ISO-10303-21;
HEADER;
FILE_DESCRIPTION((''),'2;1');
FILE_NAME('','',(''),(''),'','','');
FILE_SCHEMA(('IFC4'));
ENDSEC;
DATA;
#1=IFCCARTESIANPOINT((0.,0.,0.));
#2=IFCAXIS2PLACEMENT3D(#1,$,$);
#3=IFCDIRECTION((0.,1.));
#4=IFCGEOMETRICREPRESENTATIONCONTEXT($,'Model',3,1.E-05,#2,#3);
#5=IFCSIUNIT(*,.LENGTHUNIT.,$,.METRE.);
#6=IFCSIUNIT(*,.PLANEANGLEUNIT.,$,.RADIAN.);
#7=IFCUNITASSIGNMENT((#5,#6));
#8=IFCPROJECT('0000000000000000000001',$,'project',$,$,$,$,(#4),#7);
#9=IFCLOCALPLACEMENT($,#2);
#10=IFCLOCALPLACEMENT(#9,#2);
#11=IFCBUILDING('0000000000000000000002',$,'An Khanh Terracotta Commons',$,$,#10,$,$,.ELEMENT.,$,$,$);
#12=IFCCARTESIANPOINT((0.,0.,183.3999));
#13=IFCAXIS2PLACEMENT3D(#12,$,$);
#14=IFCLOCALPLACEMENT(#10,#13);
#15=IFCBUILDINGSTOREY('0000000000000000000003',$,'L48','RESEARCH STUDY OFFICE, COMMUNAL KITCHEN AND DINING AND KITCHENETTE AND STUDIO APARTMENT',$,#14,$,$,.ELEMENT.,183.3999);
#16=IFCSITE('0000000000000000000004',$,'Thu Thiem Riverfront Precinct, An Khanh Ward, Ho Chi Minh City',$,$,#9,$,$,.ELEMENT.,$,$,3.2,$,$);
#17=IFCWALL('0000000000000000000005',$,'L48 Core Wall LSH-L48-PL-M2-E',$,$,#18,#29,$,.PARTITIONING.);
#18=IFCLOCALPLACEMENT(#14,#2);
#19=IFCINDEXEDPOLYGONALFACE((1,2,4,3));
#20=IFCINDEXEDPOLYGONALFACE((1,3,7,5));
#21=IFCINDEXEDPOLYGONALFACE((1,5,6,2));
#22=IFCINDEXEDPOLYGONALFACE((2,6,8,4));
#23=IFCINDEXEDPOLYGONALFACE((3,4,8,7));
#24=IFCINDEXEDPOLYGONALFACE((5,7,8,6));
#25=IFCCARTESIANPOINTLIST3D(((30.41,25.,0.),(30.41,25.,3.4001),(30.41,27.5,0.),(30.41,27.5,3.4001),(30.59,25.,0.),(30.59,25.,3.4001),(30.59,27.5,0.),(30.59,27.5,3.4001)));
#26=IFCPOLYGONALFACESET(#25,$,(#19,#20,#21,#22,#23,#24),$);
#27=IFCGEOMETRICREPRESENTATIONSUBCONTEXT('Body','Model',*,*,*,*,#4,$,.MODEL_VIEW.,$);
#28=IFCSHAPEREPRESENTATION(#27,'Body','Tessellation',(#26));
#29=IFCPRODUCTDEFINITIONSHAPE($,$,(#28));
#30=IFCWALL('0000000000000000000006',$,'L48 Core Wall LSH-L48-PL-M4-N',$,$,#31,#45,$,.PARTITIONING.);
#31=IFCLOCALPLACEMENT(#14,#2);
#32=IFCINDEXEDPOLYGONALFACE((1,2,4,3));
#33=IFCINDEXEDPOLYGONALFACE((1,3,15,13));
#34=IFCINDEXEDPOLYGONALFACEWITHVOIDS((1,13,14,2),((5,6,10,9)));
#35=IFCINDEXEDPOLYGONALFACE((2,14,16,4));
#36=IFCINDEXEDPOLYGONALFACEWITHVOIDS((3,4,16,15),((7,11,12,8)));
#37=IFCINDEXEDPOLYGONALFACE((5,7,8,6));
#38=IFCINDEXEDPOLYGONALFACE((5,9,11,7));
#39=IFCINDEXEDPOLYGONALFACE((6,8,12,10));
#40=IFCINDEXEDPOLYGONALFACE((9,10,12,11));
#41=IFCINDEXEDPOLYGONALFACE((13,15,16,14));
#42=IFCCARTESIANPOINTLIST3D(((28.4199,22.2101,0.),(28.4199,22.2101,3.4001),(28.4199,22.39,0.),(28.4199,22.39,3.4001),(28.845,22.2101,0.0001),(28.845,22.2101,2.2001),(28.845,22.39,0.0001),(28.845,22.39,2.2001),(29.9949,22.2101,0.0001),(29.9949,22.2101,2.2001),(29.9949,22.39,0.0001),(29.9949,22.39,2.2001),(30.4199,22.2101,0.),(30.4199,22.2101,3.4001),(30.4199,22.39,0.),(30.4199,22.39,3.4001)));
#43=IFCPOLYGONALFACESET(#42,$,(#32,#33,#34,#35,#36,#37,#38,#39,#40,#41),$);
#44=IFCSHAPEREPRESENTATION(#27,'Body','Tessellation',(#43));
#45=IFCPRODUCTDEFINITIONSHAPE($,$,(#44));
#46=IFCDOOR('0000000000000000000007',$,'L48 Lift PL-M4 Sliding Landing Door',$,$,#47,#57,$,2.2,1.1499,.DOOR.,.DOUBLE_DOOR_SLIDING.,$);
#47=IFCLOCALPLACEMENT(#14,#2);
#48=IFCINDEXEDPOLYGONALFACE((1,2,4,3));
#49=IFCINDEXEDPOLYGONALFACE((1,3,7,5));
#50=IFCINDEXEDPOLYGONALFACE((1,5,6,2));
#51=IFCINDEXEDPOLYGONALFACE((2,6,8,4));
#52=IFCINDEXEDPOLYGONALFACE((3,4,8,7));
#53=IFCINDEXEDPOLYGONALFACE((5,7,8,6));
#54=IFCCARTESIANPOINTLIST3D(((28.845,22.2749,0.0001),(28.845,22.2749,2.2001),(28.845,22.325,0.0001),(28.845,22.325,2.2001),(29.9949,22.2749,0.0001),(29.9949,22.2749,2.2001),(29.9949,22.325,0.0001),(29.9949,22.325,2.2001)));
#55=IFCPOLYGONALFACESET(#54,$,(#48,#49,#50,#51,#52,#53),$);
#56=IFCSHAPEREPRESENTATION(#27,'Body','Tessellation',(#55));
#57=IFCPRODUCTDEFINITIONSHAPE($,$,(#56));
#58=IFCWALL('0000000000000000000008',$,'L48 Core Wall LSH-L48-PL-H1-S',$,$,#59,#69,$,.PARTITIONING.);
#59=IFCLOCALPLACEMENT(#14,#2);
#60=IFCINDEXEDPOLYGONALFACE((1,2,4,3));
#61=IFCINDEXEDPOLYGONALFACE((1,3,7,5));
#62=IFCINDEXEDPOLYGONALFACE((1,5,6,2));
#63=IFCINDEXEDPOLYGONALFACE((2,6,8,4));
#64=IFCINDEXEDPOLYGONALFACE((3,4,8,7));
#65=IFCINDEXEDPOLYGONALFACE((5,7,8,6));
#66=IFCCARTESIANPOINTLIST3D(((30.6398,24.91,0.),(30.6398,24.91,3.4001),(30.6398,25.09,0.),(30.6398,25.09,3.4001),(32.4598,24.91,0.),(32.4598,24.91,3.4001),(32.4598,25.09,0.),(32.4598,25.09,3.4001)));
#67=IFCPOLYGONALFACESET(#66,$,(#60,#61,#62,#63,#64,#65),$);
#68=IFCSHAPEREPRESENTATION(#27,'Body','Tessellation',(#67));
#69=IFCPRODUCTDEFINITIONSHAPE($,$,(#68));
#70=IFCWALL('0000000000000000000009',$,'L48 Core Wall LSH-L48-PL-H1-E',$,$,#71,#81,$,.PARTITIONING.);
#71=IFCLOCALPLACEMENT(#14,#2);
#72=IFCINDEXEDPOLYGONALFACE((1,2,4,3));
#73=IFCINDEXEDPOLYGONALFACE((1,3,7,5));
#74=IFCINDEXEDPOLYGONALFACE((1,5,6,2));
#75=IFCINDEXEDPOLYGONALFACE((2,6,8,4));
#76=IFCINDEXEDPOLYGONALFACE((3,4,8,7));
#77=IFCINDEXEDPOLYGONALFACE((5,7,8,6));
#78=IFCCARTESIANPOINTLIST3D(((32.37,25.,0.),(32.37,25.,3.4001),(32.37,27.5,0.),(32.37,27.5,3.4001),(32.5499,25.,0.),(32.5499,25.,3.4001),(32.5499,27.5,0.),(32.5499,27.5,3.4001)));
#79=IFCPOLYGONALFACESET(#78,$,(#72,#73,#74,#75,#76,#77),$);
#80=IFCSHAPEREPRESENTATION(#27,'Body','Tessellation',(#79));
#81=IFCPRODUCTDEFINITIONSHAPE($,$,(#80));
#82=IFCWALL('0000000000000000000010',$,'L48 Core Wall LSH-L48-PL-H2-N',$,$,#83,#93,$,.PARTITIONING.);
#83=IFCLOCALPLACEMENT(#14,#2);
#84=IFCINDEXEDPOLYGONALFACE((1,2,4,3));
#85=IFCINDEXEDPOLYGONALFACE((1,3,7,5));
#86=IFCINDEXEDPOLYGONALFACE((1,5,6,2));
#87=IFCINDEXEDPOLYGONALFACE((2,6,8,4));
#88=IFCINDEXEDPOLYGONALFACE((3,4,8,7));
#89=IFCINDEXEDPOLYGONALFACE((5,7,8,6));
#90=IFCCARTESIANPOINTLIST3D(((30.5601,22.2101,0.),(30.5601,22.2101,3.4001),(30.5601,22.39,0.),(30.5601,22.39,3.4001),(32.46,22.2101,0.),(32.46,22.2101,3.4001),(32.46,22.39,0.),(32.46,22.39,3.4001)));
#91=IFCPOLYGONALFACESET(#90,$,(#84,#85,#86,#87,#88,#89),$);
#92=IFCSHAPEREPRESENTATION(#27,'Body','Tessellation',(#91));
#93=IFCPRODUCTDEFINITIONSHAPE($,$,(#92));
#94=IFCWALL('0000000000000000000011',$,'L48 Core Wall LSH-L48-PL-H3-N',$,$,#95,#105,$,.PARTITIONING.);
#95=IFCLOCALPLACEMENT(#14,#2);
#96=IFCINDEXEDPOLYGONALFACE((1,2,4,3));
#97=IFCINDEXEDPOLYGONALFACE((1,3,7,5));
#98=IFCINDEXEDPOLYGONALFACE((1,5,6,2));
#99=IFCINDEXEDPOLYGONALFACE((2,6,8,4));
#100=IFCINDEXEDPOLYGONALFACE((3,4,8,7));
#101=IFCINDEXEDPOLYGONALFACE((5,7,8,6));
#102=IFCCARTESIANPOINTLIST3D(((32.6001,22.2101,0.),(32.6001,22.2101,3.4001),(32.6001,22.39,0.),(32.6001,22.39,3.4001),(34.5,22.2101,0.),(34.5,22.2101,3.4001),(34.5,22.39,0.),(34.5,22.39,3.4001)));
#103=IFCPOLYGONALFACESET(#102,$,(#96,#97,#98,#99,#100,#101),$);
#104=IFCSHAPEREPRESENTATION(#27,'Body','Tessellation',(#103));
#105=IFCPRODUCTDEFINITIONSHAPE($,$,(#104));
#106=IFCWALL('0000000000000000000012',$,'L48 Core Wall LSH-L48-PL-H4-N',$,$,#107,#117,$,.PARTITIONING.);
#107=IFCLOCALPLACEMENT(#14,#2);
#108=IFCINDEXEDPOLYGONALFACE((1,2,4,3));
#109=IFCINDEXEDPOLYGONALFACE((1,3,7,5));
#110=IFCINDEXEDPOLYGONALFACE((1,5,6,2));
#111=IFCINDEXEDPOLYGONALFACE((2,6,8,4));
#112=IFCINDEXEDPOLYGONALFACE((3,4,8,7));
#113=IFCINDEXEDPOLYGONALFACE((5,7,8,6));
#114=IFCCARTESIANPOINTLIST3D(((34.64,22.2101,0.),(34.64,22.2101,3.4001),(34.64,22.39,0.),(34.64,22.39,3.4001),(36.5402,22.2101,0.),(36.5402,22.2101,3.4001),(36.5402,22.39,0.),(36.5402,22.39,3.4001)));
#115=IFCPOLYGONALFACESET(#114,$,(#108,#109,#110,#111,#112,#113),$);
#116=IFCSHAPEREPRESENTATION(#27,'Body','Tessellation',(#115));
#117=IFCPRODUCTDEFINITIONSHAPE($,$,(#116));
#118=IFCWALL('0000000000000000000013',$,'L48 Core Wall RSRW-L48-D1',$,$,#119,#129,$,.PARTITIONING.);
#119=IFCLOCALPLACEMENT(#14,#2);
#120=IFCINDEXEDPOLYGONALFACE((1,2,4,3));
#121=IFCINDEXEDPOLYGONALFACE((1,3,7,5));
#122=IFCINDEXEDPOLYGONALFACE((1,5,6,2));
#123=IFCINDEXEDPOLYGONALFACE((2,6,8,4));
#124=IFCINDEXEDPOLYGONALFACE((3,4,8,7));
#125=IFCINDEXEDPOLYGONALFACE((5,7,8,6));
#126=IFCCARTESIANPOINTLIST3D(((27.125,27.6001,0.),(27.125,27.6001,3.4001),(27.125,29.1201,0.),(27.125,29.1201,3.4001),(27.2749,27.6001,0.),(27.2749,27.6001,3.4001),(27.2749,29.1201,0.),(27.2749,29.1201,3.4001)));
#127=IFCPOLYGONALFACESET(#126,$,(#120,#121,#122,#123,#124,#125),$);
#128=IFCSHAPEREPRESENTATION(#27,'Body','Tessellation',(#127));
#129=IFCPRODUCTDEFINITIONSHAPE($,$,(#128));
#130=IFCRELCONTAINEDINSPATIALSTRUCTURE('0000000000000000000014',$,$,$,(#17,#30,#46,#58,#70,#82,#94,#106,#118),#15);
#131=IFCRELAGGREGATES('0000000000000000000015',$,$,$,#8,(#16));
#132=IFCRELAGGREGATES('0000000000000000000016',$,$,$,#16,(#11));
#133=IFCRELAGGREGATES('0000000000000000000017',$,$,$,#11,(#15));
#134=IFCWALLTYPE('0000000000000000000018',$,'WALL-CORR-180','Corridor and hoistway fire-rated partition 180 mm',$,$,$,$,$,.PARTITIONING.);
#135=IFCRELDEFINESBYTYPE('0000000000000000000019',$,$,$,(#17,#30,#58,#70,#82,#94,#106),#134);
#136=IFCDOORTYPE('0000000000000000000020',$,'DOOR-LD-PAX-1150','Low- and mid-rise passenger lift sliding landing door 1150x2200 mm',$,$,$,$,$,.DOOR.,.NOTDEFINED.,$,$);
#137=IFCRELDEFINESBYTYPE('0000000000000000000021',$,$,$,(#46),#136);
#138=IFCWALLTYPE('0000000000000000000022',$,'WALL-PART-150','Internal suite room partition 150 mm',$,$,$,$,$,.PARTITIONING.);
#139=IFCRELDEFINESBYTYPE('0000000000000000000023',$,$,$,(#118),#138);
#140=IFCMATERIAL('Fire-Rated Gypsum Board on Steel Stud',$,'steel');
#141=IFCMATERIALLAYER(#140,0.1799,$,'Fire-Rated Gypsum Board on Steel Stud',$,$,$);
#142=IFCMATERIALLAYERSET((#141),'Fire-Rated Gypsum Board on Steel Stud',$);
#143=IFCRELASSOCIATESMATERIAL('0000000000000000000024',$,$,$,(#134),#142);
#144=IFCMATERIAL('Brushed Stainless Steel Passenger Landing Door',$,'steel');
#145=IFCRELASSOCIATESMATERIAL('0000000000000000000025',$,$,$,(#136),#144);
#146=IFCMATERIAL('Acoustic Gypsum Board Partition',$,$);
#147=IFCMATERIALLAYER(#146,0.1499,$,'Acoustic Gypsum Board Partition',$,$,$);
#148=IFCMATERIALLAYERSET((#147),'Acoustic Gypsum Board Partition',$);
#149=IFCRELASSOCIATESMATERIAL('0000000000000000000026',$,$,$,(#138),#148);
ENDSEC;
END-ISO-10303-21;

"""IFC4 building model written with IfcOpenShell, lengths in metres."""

from ifc_helpers import new_model, si_unit, direction, frame, frame_2d, origin, place, context, subcontext, project, spatial, rectangle, extrude, material, layer, layer_set, type_object, element, fill, save


model = new_model("IFC4")

# Units and contexts
model_context = context("Model", 3, precision=1e-05, world=origin(), true_north=direction((0.0, 1.0)))
body_context = subcontext(model_context, "Body", "Model", "MODEL_VIEW")
ifc_project = project(units=[si_unit("LENGTHUNIT", "METRE"), si_unit("PLANEANGLEUNIT", "RADIAN")], contexts=[model_context])

# Site, building, storey
site_placement = place(None, origin())
site = spatial("IfcSite", under=ifc_project, at=site_placement, Name="Thu Thiem Riverfront Precinct, An Khanh Ward, Ho Chi Minh City", CompositionType="ELEMENT", RefElevation=3.2)
building_placement = place(site_placement, origin())
building = spatial("IfcBuilding", under=site, at=building_placement, Name="An Khanh Terracotta Commons", CompositionType="ELEMENT")
storey_placement = place(building_placement, frame((0.0, 0.0, 183.3999)))
storey = spatial("IfcBuildingStorey", under=building, at=storey_placement, Name="L48", Description="RESEARCH STUDY OFFICE, COMMUNAL KITCHEN AND DINING AND KITCHENETTE AND STUDIO APARTMENT", CompositionType="ELEMENT", Elevation=183.3999)

# Shared definitions
ifc_material_1 = material(Name="Fire-Rated Gypsum Board on Steel Stud", Category="steel")
ifc_layer_1 = layer(ifc_material_1, 0.1799, Name="Fire-Rated Gypsum Board on Steel Stud")
ifc_layer_set_1 = layer_set([ifc_layer_1], Name="Fire-Rated Gypsum Board on Steel Stud")
wall_type_1 = type_object("IfcWallType", Name="WALL-CORR-180", Description="Corridor and hoistway fire-rated partition 180 mm", PredefinedType="PARTITIONING", material=ifc_layer_set_1)

# Shared definitions
ifc_material_2 = material(Name="Brushed Stainless Steel Passenger Landing Door", Category="steel")
door_type = type_object("IfcDoorType", Name="DOOR-LD-PAX-1150", Description="Low- and mid-rise passenger lift sliding landing door 1150x2200 mm", OperationType="NOTDEFINED", PredefinedType="DOOR", material=ifc_material_2)

# Wall
wall_1_placement = place(storey_placement, frame((30.5, 25.0, 0.0), z_axis=(0.0, 0.0, 1.0), x_axis=(0.0, 1.0, 0.0)))
element("IfcWall", 1, at=wall_1_placement, inside=storey, type_object=wall_type_1, Name="L48 Core Wall LSH-L48-PL-M2-E", PredefinedType="PARTITIONING", context=body_context, shape_type="SweptSolid", body=[
    extrude(rectangle(XDim=2.5, YDim=0.1799, at=frame_2d((1.25, 0.0))), origin(), (0.0, 0.0, 1.0), 3.4001),
])

# Wall, opening, door
wall_2_placement = place(storey_placement, frame((28.4199, 22.3, 0.0), z_axis=(0.0, 0.0, 1.0), x_axis=(1.0, 0.0, 0.0)))
wall_2 = element("IfcWall", 2, at=wall_2_placement, inside=storey, type_object=wall_type_1, Name="L48 Core Wall LSH-L48-PL-M4-N", PredefinedType="PARTITIONING", context=body_context, shape_type="SweptSolid", body=[
    extrude(rectangle(XDim=2.0, YDim=0.1799, at=frame_2d((1.0, 0.0))), origin(), (0.0, 0.0, 1.0), 3.4001),
])
opening_1_placement = place(wall_2_placement, frame((0.425, 0.0, 0.0)))
opening_1 = element("IfcOpeningElement", 3, at=opening_1_placement, cuts=wall_2, PredefinedType="OPENING", context=body_context, shape_type="SweptSolid", body=[
    extrude(rectangle(XDim=1.1499, YDim=2.2, at=frame_2d((0.575, 1.1001))), frame((0.0, 0.0999, 0.0), z_axis=(0.0, -1.0, 0.0), x_axis=(1.0, 0.0, 0.0)), (0.0, 0.0, 1.0), 0.2),
])
door_1_placement = place(opening_1_placement, origin())
door_1 = element("IfcDoor", 4, at=door_1_placement, inside=storey, type_object=door_type, Name="L48 Lift PL-M4 Sliding Landing Door", OperationType="DOUBLE_DOOR_SLIDING", OverallHeight=2.2, OverallWidth=1.1499, PredefinedType="DOOR", context=body_context, shape_type="SweptSolid", body=[
    extrude(rectangle(XDim=1.1499, YDim=2.2, at=frame_2d((0.575, 1.1001))), frame((0.0, 0.0249, 0.0), z_axis=(0.0, -1.0, 0.0), x_axis=(1.0, 0.0, 0.0)), (0.0, 0.0, 1.0), 0.05),
])
fill(opening_1, door_1)

# Walls
wall_3_placement = place(storey_placement, frame((32.46, 25.0, 0.0), z_axis=(0.0, 0.0, 1.0), x_axis=(-1.0, 0.0, 0.0)))
element("IfcWall", 5, at=wall_3_placement, inside=storey, type_object=wall_type_1, Name="L48 Core Wall LSH-L48-PL-H1-S", PredefinedType="PARTITIONING", context=body_context, shape_type="SweptSolid", body=[
    extrude(rectangle(XDim=1.8201, YDim=0.1799, at=frame_2d((0.9102, 0.0))), origin(), (0.0, 0.0, 1.0), 3.4001),
])
wall_4_placement = place(storey_placement, frame((32.46, 25.0, 0.0), z_axis=(0.0, 0.0, 1.0), x_axis=(0.0, 1.0, 0.0)))
element("IfcWall", 6, at=wall_4_placement, inside=storey, type_object=wall_type_1, Name="L48 Core Wall LSH-L48-PL-H1-E", PredefinedType="PARTITIONING", context=body_context, shape_type="SweptSolid", body=[
    extrude(rectangle(XDim=2.5, YDim=0.1799, at=frame_2d((1.25, 0.0))), origin(), (0.0, 0.0, 1.0), 3.4001),
])
for number, where, z_axis, x_axis, name in (
    (7, (30.5601, 22.3, 0.0), (0.0, 0.0, 1.0), (1.0, 0.0, 0.0), "L48 Core Wall LSH-L48-PL-H2-N"),
    (8, (32.6001, 22.3, 0.0), (0.0, 0.0, 1.0), (1.0, 0.0, 0.0), "L48 Core Wall LSH-L48-PL-H3-N"),
):
    element("IfcWall", number, at=place(storey_placement, frame(where, z_axis=z_axis, x_axis=x_axis)), inside=storey, type_object=wall_type_1, Name=name, PredefinedType="PARTITIONING", context=body_context, shape_type="SweptSolid", body=[
        extrude(rectangle(XDim=1.8999, YDim=0.1799, at=frame_2d((0.95, 0.0))), origin(), (0.0, 0.0, 1.0), 3.4001),
    ])
wall_5_placement = place(storey_placement, frame((34.6399, 22.3, 0.0), z_axis=(0.0, 0.0, 1.0), x_axis=(1.0, 0.0, 0.0)))
element("IfcWall", 9, at=wall_5_placement, inside=storey, type_object=wall_type_1, Name="L48 Core Wall LSH-L48-PL-H4-N", PredefinedType="PARTITIONING", context=body_context, shape_type="SweptSolid", body=[
    extrude(rectangle(XDim=1.9001, YDim=0.1799, at=frame_2d((0.9502, 0.0))), origin(), (0.0, 0.0, 1.0), 3.4001),
])
ifc_material_3 = material(Name="Acoustic Gypsum Board Partition")
ifc_layer_2 = layer(ifc_material_3, 0.1499, Name="Acoustic Gypsum Board Partition")
ifc_layer_set_2 = layer_set([ifc_layer_2], Name="Acoustic Gypsum Board Partition")
wall_type_2 = type_object("IfcWallType", Name="WALL-PART-150", Description="Internal suite room partition 150 mm", PredefinedType="PARTITIONING", material=ifc_layer_set_2)
wall_6_placement = place(storey_placement, frame((27.2, 27.6001, 0.0), z_axis=(0.0, 0.0, 1.0), x_axis=(0.0, 1.0, 0.0)))
element("IfcWall", 10, at=wall_6_placement, inside=storey, type_object=wall_type_2, Name="L48 Core Wall RSRW-L48-D1", PredefinedType="PARTITIONING", context=body_context, shape_type="SweptSolid", body=[
    extrude(rectangle(XDim=1.52, YDim=0.1499, at=frame_2d((0.76, 0.0))), origin(), (0.0, 0.0, 1.0), 3.4001),
])

save(model, "model.ifc")
